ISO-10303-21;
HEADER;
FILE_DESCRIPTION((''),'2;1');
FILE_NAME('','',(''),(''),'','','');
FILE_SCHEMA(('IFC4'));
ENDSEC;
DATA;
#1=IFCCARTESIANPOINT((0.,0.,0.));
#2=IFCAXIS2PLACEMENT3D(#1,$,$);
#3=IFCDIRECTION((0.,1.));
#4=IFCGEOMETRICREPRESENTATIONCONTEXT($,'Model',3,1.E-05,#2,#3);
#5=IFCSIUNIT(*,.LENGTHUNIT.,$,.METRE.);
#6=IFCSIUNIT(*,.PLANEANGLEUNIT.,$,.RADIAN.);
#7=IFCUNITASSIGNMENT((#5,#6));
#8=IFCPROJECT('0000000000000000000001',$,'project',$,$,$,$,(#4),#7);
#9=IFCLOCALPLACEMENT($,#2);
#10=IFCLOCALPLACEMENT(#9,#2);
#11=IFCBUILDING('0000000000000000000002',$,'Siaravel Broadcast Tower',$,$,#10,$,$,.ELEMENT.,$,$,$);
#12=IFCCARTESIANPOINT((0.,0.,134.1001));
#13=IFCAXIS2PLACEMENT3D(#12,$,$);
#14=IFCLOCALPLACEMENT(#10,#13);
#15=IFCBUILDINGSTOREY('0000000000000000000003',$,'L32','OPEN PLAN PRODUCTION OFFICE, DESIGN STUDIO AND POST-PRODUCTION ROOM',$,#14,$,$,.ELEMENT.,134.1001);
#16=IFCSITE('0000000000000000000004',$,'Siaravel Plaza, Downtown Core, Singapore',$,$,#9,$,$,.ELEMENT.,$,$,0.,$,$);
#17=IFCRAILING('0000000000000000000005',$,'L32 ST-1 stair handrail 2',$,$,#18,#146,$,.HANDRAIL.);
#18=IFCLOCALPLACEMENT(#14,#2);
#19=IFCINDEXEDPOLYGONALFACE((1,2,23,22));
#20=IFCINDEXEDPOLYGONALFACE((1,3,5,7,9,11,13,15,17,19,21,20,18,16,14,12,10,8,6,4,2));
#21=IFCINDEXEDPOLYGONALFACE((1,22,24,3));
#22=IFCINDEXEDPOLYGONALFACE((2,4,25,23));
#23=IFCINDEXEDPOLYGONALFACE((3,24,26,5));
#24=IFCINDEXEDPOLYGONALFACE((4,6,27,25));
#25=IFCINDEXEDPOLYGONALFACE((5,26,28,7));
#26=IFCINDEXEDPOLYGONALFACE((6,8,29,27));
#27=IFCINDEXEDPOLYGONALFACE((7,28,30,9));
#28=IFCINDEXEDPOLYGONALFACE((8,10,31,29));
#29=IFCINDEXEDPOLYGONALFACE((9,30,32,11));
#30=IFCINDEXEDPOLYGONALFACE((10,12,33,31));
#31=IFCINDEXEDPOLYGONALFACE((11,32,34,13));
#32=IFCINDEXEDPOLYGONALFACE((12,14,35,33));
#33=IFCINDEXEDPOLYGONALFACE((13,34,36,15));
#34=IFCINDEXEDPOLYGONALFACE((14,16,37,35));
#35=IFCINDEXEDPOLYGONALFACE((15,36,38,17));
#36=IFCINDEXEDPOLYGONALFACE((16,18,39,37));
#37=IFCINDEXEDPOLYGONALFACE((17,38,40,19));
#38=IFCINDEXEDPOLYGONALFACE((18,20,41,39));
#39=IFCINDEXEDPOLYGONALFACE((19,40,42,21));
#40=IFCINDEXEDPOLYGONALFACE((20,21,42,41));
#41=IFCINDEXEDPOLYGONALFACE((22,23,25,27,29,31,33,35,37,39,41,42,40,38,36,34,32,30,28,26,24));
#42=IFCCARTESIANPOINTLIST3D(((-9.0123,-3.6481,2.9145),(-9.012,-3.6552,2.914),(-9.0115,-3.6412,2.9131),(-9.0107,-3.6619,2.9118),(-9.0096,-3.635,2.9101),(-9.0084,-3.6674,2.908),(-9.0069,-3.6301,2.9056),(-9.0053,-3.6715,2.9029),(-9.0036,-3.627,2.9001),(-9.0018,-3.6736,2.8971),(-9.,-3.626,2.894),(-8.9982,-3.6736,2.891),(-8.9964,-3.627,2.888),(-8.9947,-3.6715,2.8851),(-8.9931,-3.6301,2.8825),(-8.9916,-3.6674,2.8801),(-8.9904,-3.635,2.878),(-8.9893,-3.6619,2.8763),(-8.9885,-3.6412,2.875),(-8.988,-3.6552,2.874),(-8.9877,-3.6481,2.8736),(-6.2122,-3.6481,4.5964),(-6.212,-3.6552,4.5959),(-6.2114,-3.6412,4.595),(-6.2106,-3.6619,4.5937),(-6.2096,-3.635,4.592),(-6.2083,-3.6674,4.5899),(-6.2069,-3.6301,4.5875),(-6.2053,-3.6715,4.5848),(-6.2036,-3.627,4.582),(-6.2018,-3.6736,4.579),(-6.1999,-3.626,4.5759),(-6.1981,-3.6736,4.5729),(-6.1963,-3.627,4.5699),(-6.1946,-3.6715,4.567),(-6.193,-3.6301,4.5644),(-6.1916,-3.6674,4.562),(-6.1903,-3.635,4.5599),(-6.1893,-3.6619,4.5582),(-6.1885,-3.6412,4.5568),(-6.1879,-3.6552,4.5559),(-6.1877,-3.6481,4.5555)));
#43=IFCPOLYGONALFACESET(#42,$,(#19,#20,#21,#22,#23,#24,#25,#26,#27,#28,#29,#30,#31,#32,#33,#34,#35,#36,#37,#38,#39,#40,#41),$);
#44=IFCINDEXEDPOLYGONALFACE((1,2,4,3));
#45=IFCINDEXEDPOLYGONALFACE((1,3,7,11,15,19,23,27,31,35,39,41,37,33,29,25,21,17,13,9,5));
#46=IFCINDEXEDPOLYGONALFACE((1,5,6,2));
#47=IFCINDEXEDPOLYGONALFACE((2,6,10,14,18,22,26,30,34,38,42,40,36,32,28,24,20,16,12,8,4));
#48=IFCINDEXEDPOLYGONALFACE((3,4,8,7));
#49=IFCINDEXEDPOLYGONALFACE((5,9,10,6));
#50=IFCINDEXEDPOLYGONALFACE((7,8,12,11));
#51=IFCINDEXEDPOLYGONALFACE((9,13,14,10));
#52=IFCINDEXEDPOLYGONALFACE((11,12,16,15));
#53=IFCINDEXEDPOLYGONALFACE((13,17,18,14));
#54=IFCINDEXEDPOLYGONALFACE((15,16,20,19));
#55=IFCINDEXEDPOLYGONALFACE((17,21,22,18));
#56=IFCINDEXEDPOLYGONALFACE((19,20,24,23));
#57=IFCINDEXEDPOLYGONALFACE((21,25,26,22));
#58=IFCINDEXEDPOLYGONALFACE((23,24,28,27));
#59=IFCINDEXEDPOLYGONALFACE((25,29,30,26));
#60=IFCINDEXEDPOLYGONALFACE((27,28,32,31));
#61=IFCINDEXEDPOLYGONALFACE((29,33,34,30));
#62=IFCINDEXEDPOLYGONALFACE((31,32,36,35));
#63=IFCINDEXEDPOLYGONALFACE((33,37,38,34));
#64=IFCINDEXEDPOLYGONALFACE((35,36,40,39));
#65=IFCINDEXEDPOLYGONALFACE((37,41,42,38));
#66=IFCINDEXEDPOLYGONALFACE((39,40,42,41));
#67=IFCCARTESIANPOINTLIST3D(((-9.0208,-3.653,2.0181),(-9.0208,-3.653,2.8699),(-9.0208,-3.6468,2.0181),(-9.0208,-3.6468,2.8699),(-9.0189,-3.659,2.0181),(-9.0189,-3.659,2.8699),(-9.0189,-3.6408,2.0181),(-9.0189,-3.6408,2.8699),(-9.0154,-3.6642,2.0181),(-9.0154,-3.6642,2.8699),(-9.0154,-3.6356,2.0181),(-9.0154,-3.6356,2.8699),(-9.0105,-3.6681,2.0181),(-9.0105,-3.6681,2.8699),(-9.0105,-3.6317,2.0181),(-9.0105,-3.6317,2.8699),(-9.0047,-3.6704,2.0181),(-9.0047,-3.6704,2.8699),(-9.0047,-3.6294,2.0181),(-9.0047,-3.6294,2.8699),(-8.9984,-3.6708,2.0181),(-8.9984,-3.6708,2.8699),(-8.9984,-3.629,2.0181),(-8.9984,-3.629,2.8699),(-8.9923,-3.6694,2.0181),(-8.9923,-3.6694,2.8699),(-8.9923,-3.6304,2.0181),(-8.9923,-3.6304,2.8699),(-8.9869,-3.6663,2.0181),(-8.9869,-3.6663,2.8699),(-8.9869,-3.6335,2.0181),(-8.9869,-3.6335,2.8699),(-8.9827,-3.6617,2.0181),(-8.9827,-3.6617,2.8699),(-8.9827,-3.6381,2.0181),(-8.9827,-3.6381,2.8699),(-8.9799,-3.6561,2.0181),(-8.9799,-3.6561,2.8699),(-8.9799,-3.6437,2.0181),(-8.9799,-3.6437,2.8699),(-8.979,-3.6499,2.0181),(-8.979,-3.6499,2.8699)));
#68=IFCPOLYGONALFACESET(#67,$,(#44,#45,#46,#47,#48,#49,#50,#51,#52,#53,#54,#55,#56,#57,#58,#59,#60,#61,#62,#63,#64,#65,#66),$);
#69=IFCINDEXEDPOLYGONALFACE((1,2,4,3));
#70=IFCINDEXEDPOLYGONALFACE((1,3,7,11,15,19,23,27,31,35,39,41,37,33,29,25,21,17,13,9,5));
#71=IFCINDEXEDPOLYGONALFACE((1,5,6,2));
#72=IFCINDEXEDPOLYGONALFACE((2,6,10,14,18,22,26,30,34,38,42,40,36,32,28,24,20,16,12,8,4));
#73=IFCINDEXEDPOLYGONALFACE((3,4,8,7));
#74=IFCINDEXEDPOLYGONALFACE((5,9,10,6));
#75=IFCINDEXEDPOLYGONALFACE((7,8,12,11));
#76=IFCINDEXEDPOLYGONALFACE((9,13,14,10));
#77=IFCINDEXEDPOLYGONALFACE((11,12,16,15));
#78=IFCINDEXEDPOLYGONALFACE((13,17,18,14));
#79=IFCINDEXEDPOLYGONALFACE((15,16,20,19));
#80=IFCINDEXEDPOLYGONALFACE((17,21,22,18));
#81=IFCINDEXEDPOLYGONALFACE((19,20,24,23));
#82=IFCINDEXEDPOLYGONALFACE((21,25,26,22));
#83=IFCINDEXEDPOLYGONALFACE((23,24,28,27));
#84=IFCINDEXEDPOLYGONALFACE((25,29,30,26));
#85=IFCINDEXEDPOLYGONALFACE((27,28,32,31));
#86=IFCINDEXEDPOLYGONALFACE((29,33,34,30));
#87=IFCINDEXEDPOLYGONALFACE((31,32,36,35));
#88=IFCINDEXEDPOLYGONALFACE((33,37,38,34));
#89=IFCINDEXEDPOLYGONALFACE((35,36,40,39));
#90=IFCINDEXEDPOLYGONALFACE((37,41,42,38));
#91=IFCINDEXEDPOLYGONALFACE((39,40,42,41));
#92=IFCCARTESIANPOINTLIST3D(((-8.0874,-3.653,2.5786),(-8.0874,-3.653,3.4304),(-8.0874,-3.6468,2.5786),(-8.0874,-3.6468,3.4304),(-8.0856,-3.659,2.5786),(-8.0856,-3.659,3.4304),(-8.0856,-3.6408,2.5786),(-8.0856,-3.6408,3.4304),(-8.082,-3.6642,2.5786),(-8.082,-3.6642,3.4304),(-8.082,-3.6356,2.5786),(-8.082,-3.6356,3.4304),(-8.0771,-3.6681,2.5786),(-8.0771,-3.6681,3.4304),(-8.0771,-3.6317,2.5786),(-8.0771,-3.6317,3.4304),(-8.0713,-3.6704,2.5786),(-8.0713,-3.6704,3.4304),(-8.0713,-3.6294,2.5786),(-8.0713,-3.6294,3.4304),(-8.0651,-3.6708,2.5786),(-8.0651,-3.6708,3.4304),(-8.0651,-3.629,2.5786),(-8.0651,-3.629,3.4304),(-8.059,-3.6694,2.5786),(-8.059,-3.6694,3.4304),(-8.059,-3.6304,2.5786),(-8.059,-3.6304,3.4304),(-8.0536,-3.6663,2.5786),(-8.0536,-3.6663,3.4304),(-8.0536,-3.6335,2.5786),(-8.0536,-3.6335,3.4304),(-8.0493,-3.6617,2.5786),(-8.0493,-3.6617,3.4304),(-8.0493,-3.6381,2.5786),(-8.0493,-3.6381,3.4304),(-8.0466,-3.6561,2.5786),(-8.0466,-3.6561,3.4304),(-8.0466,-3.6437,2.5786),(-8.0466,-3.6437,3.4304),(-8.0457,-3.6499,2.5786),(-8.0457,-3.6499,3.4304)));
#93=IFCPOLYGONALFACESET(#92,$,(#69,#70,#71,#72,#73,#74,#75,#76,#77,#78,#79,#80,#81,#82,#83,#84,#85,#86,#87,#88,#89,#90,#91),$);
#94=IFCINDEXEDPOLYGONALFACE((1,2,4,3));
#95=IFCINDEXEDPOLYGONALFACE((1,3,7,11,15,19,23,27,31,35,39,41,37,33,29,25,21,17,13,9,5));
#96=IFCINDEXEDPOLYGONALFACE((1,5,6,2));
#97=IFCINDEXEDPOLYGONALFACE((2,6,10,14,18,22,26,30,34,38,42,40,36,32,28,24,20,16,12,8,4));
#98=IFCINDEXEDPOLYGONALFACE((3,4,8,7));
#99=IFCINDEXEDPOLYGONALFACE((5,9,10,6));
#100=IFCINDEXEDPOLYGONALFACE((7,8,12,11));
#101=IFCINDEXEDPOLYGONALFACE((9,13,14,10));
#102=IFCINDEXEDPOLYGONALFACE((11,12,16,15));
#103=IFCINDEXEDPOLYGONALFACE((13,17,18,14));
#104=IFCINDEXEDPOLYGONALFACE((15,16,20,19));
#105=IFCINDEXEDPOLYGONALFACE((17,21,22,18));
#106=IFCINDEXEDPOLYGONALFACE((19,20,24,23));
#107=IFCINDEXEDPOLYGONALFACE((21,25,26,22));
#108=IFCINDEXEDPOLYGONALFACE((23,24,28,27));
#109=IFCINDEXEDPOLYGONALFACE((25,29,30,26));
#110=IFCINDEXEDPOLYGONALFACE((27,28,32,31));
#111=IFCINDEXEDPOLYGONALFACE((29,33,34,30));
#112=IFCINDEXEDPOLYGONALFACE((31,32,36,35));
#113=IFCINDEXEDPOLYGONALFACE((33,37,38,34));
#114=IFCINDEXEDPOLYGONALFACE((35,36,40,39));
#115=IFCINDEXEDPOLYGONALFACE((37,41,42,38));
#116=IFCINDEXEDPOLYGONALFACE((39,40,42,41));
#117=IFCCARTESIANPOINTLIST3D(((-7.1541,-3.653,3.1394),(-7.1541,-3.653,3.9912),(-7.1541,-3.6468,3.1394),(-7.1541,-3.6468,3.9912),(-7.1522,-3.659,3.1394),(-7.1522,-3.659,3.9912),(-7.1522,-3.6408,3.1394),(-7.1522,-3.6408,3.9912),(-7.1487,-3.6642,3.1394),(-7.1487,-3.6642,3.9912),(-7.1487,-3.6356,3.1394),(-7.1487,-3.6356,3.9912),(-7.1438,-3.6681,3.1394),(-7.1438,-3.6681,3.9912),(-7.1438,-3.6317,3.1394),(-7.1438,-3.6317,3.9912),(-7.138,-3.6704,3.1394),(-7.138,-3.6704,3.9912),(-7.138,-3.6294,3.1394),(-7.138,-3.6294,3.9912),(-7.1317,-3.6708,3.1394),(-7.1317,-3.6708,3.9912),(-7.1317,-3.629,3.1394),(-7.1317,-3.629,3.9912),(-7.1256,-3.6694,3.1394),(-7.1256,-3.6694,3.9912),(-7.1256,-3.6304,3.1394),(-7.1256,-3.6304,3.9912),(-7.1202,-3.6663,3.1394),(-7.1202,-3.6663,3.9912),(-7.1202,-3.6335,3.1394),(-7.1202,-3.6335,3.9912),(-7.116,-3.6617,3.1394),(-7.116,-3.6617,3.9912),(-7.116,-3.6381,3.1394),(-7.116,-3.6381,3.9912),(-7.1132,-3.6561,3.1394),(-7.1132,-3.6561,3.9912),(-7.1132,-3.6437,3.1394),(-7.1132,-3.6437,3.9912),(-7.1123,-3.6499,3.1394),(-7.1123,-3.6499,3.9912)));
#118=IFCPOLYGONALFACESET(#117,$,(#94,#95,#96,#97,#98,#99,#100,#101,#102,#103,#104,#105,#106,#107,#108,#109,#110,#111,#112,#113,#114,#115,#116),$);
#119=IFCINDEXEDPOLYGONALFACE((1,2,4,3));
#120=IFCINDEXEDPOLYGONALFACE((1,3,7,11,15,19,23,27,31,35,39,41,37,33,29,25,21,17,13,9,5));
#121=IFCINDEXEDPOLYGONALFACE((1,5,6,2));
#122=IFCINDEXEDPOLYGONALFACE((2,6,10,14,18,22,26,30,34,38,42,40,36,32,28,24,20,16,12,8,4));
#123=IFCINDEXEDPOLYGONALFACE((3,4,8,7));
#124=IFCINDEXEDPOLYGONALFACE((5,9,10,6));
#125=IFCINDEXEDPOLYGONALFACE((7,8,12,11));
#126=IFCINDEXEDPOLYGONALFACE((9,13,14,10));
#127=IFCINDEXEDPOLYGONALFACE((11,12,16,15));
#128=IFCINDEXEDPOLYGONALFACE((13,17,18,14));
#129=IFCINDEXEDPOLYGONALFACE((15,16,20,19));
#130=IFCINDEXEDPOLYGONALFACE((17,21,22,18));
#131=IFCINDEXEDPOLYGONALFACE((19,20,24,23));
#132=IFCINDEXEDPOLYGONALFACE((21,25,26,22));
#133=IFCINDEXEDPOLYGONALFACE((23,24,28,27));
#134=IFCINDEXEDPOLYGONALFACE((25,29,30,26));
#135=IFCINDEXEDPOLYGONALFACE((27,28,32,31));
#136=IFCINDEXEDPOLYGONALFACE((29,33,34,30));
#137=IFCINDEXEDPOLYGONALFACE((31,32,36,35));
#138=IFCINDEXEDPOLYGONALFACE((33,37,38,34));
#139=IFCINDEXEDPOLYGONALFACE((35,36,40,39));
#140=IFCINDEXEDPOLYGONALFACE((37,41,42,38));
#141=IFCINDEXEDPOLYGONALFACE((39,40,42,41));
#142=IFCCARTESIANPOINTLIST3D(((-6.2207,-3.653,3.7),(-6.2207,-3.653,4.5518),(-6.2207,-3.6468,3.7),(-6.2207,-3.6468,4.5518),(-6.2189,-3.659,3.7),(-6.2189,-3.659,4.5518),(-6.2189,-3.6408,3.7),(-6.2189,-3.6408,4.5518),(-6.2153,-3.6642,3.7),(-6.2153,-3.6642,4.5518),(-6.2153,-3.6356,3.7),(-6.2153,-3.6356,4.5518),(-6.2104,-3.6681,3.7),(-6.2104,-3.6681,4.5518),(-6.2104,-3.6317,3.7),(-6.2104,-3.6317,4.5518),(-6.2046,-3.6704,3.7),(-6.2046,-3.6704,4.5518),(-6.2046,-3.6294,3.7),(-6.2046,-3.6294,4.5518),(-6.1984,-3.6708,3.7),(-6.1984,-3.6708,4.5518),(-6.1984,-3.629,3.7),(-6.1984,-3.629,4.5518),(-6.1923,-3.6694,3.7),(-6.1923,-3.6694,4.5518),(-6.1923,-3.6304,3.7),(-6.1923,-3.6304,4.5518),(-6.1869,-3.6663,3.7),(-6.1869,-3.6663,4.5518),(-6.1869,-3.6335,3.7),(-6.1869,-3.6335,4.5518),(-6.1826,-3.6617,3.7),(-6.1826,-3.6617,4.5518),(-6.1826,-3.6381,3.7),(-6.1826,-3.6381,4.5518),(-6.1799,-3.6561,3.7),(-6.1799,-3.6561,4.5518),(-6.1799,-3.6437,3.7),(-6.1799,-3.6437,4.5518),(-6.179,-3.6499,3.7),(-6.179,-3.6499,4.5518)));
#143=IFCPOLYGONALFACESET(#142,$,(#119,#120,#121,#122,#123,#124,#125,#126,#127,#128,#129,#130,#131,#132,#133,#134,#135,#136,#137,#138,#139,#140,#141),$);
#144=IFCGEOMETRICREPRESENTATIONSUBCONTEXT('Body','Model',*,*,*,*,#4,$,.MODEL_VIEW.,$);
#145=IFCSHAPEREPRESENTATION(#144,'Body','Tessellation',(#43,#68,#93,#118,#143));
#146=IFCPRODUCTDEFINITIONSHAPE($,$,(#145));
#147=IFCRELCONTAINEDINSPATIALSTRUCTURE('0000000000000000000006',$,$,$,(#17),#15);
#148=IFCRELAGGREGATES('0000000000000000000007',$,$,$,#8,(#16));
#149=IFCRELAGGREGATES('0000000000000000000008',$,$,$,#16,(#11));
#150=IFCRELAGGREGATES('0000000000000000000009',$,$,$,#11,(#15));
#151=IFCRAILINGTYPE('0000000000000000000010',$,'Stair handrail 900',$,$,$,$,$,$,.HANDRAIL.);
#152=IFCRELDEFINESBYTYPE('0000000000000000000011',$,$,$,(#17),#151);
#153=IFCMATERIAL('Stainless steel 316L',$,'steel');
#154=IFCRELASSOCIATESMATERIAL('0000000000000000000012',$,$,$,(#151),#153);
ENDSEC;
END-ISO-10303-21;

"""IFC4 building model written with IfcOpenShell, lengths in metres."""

from ifc_helpers import new_model, si_unit, direction, frame, origin, origin_2d, place, context, subcontext, project, spatial, circle, extrude, material, type_object, element, save


model = new_model("IFC4")

# Units and contexts
model_context = context("Model", 3, precision=1e-05, world=origin(), true_north=direction((0.0, 1.0)))
body_context = subcontext(model_context, "Body", "Model", "MODEL_VIEW")
ifc_project = project(units=[si_unit("LENGTHUNIT", "METRE"), si_unit("PLANEANGLEUNIT", "RADIAN")], contexts=[model_context])

# Site, building, storey
site_placement = place(None, origin())
site = spatial("IfcSite", under=ifc_project, at=site_placement, Name="Siaravel Plaza, Downtown Core, Singapore", CompositionType="ELEMENT", RefElevation=0.0)
building_placement = place(site_placement, origin())
building = spatial("IfcBuilding", under=site, at=building_placement, Name="Siaravel Broadcast Tower", CompositionType="ELEMENT")
storey_placement = place(building_placement, frame((0.0, 0.0, 134.1001)))
storey = spatial("IfcBuildingStorey", under=building, at=storey_placement, Name="L32", Description="OPEN PLAN PRODUCTION OFFICE, DESIGN STUDIO AND POST-PRODUCTION ROOM", CompositionType="ELEMENT", Elevation=134.1001)

# Shared definitions
ifc_material_1 = material(Name="Stainless steel 316L", Category="steel")

# Railing
railing_type_1 = type_object("IfcRailingType", Name="Stair handrail 900", PredefinedType="HANDRAIL", material=ifc_material_1)
railing_1_placement = place(storey_placement, frame((-9.0, -3.6499, 2.0181)))
element("IfcRailing", 1, at=railing_1_placement, inside=storey, type_object=railing_type_1, Name="L32 ST-1 stair handrail 2", PredefinedType="HANDRAIL", context=body_context, shape_type="SweptSolid", body=[
    extrude(circle(Radius=0.0239, at=origin_2d()), frame((0.0, 0.0, 0.876), z_axis=(0.857242, 0.0, 0.514913), x_axis=(0.0, 1.0, 0.0)), (0.0, 0.0, 1.0), 3.2664),
    extrude(circle(Radius=0.021, at=origin_2d()), origin(), (0.0, 0.0, 1.0), 0.8518),
    extrude(circle(Radius=0.021, at=origin_2d()), frame((0.9333, 0.0, 0.5605)), (0.0, 0.0, 1.0), 0.8518),
    extrude(circle(Radius=0.021, at=origin_2d()), frame((1.8667, 0.0, 1.1213)), (0.0, 0.0, 1.0), 0.8518),
    extrude(circle(Radius=0.021, at=origin_2d()), frame((2.8, 0.0, 1.6819)), (0.0, 0.0, 1.0), 0.8518),
])

save(model, "model.ifc")
